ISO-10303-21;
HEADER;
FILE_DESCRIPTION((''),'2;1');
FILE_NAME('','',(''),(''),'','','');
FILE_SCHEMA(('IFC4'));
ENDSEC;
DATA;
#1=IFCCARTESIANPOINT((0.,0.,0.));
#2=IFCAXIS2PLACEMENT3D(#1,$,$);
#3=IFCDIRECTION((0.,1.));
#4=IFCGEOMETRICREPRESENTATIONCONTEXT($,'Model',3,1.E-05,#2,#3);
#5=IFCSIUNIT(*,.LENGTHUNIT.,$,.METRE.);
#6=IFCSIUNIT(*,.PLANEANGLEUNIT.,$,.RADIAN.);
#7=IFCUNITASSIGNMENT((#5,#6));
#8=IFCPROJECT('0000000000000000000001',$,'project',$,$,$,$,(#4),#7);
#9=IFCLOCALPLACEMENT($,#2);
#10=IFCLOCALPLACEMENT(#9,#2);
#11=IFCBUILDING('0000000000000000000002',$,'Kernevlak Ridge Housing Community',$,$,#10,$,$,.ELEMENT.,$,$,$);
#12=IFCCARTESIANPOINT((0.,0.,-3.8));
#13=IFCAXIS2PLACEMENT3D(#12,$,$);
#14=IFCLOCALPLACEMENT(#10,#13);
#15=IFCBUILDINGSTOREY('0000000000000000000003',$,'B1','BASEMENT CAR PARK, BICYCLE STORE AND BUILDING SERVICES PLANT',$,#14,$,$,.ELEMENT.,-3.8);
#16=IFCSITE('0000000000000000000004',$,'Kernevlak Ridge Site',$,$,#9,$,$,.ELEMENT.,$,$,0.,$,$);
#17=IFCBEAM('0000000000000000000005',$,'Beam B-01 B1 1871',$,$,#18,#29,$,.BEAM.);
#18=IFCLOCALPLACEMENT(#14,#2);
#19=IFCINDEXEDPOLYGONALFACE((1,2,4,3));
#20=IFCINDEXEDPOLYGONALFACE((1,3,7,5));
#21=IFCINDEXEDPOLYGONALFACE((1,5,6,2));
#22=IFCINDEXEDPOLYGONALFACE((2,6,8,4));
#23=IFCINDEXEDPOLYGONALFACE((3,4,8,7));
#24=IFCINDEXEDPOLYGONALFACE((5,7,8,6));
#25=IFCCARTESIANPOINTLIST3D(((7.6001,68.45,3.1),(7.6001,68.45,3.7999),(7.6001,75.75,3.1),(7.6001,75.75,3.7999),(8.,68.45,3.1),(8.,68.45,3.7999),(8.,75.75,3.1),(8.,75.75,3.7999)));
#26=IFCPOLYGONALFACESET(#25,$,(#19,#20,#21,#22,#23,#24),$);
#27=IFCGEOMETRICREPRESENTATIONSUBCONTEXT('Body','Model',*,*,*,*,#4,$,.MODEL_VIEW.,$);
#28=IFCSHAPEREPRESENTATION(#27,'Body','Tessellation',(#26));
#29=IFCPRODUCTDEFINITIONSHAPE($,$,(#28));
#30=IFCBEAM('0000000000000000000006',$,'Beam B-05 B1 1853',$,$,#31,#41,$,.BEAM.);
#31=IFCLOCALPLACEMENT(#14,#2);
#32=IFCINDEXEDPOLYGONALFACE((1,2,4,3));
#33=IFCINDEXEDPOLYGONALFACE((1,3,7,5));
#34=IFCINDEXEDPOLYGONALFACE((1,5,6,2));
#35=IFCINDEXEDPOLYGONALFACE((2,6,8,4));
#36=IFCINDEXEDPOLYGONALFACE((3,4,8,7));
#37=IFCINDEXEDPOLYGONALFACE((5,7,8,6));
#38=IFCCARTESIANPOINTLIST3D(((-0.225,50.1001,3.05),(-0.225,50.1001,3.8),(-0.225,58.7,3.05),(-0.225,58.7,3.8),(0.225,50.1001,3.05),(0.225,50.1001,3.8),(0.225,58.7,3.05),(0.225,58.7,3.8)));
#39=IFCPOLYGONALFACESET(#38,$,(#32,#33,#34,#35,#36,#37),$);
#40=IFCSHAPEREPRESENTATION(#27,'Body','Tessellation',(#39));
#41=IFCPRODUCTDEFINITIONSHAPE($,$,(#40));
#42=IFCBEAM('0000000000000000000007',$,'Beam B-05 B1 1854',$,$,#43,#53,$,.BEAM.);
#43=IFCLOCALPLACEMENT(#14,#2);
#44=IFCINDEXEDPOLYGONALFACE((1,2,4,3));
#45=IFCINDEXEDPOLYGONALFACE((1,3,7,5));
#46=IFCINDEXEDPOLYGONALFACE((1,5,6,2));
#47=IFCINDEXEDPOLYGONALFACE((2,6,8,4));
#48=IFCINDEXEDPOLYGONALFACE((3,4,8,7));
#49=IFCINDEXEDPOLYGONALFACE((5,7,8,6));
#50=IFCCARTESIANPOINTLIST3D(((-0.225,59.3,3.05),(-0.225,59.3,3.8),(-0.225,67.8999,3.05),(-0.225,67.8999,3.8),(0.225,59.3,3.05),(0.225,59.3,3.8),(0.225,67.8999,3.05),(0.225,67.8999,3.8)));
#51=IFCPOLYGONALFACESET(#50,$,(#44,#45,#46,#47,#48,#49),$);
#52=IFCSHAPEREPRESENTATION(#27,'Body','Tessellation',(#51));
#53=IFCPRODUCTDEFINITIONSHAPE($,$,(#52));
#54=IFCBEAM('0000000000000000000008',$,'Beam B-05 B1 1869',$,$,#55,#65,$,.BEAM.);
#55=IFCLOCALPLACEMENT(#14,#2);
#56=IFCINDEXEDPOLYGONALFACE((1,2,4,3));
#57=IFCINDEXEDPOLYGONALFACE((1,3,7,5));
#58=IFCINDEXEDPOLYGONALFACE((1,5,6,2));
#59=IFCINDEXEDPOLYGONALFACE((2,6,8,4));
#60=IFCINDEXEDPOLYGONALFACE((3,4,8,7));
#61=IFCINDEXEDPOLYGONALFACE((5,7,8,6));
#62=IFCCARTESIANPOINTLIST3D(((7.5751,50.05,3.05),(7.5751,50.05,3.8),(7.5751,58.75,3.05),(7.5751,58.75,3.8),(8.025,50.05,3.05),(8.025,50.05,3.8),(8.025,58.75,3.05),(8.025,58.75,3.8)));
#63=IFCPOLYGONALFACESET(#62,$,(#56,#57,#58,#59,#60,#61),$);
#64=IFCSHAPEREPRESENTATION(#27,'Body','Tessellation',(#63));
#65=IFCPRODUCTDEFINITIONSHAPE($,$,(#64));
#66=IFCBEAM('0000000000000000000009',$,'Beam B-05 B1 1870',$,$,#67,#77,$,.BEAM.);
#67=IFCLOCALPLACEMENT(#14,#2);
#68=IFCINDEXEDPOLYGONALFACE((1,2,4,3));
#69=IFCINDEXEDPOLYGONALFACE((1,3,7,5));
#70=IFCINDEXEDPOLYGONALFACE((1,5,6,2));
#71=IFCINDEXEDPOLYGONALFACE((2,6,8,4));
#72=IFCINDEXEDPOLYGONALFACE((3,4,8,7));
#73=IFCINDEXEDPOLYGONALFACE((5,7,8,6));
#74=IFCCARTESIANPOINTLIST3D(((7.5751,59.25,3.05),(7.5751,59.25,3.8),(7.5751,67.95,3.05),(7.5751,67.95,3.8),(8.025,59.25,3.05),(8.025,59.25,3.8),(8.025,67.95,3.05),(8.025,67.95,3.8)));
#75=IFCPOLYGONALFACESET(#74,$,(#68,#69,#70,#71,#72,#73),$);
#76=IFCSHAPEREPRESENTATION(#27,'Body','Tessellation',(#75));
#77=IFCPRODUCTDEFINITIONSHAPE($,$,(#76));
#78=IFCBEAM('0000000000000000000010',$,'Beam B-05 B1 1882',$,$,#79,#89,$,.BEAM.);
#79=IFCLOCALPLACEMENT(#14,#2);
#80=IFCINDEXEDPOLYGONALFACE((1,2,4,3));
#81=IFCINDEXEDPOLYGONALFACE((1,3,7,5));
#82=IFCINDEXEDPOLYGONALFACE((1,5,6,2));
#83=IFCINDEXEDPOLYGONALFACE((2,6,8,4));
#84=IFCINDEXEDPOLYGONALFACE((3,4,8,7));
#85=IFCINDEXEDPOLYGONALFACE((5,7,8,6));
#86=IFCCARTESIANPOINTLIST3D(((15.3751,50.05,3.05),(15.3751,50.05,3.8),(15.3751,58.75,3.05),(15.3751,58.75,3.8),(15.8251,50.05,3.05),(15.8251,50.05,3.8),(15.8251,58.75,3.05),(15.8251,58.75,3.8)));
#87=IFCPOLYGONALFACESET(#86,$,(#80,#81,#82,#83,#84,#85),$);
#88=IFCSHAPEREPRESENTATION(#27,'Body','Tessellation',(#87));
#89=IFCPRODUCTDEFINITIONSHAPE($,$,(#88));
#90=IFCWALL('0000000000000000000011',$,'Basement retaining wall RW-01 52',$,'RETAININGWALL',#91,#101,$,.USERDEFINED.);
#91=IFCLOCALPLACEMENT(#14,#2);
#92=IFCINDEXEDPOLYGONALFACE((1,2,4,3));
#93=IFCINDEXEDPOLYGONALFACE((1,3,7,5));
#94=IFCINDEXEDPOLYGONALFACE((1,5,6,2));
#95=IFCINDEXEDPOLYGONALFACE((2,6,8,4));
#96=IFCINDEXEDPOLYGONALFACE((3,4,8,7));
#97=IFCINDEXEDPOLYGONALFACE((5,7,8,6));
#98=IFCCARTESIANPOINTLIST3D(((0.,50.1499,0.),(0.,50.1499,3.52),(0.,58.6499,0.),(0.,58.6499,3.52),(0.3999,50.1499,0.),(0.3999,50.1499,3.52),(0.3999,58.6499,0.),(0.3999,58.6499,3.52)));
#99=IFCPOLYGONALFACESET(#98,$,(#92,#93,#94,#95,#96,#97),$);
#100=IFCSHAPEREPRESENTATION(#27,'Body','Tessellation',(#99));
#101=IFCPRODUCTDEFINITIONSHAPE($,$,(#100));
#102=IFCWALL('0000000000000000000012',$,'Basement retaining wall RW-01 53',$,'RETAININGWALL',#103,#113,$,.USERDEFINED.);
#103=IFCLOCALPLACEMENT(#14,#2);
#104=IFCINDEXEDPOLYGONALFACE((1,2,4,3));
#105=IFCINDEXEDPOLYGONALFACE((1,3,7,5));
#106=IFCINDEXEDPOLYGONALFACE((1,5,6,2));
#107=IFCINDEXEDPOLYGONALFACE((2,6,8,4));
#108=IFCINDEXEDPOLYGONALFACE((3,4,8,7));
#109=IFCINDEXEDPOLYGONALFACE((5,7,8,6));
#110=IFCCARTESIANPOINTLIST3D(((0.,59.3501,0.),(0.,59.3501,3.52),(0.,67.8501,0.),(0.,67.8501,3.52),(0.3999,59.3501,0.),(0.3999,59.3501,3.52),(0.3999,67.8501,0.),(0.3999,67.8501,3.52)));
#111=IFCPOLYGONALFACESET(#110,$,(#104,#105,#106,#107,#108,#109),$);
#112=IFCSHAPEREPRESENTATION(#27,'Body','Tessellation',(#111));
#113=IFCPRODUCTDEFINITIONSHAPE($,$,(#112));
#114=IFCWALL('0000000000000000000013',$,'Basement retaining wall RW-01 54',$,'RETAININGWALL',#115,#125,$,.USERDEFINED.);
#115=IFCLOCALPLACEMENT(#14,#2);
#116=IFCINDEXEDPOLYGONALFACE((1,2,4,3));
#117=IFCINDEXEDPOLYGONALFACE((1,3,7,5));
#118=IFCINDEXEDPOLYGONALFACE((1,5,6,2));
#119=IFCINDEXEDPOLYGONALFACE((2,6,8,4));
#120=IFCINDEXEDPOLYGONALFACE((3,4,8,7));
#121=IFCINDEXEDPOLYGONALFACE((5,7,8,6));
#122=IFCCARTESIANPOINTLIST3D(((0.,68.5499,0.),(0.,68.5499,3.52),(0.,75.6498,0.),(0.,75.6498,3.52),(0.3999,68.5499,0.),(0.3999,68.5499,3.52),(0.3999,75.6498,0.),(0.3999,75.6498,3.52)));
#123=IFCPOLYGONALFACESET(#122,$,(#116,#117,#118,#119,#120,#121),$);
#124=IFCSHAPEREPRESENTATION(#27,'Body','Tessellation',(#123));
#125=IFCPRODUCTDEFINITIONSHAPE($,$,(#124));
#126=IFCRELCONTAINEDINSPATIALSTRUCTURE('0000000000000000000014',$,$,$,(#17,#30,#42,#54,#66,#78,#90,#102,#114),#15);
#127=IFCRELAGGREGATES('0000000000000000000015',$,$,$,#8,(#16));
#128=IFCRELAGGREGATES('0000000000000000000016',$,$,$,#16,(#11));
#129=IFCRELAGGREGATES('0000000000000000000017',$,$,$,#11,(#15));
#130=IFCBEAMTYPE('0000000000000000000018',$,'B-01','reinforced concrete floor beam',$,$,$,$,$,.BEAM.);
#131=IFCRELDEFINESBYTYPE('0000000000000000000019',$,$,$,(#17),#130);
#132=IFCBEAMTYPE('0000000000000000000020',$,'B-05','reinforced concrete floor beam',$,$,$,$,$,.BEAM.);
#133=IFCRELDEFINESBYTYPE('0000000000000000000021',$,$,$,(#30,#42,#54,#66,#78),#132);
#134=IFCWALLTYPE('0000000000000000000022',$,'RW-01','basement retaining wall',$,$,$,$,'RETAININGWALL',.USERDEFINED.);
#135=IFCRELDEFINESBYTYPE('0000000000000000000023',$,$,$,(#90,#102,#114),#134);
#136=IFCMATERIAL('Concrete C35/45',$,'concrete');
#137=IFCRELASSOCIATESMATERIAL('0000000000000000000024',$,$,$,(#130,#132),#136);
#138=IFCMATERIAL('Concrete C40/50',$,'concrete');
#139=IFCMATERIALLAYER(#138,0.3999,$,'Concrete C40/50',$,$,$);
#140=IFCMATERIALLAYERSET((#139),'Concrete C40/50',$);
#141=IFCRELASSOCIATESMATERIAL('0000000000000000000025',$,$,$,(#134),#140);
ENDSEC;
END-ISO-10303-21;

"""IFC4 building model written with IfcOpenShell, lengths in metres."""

from ifc_helpers import new_model, si_unit, direction, frame, frame_2d, origin, origin_2d, place, context, subcontext, project, spatial, rectangle, extrude, material, layer, layer_set, material_profile, profile_set, type_object, element, save


model = new_model("IFC4")

# Units and contexts
model_context = context("Model", 3, precision=1e-05, world=origin(), true_north=direction((0.0, 1.0)))
body_context = subcontext(model_context, "Body", "Model", "MODEL_VIEW")
ifc_project = project(units=[si_unit("LENGTHUNIT", "METRE"), si_unit("PLANEANGLEUNIT", "RADIAN")], contexts=[model_context])

# Site, building, storey
site_placement = place(None, origin())
site = spatial("IfcSite", under=ifc_project, at=site_placement, Name="Kernevlak Ridge Site", CompositionType="ELEMENT", RefElevation=0.0)
building_placement = place(site_placement, origin())
building = spatial("IfcBuilding", under=site, at=building_placement, Name="Kernevlak Ridge Housing Community", CompositionType="ELEMENT")
storey_placement = place(building_placement, frame((0.0, 0.0, -3.8)))
storey = spatial("IfcBuildingStorey", under=building, at=storey_placement, Name="B1", Description="BASEMENT CAR PARK, BICYCLE STORE AND BUILDING SERVICES PLANT", CompositionType="ELEMENT", Elevation=-3.8)

# Shared definitions
ifc_material_1 = material(Name="Concrete C35/45", Category="concrete")

# Shared definitions
ifc_material_2 = material(Name="Concrete C40/50", Category="concrete")

# Beams
ifc_material_profile_1 = material_profile(ifc_material_1, rectangle(XDim=0.3999, YDim=0.7, at=origin_2d()), Name="RC 400x700")
ifc_profile_set_1 = profile_set([ifc_material_profile_1], Name="Concrete C35/45")
beam_type_1 = type_object("IfcBeamType", Name="B-01", Description="reinforced concrete floor beam", PredefinedType="BEAM", material=ifc_profile_set_1)
beam_1_placement = place(storey_placement, frame((7.8, 68.45, 3.45), z_axis=(0.0, 1.0, 0.0), x_axis=(-1.0, 0.0, 0.0)))
element("IfcBeam", 1, at=beam_1_placement, inside=storey, type_object=beam_type_1, Name="Beam B-01 B1 1871", PredefinedType="BEAM", context=body_context, shape_type="SweptSolid", body=[
    extrude(rectangle(XDim=0.3999, YDim=0.7, at=origin_2d()), origin(), (0.0, 0.0, 1.0), 7.3),
])
ifc_material_profile_2 = material_profile(ifc_material_1, rectangle(XDim=0.45, YDim=0.75, at=origin_2d()), Name="RC 450x750")
ifc_profile_set_2 = profile_set([ifc_material_profile_2], Name="Concrete C35/45")
beam_type_2 = type_object("IfcBeamType", Name="B-05", Description="reinforced concrete floor beam", PredefinedType="BEAM", material=ifc_profile_set_2)
for number, where, z_axis, x_axis, name in (
    (2, (0.0, 50.1001, 3.425), (0.0, 1.0, 0.0), (-1.0, 0.0, 0.0), "Beam B-05 B1 1853"),
    (3, (0.0, 59.3, 3.425), (0.0, 1.0, 0.0), (-1.0, 0.0, 0.0), "Beam B-05 B1 1854"),
):
    element("IfcBeam", number, at=place(storey_placement, frame(where, z_axis=z_axis, x_axis=x_axis)), inside=storey, type_object=beam_type_2, Name=name, PredefinedType="BEAM", context=body_context, shape_type="SweptSolid", body=[
        extrude(rectangle(XDim=0.45, YDim=0.75, at=origin_2d()), origin(), (0.0, 0.0, 1.0), 8.5999),
    ])
for number, where, z_axis, x_axis, name in (
    (4, (7.8, 50.05, 3.425), (0.0, 1.0, 0.0), (-1.0, 0.0, 0.0), "Beam B-05 B1 1869"),
    (5, (7.8, 59.25, 3.425), (0.0, 1.0, 0.0), (-1.0, 0.0, 0.0), "Beam B-05 B1 1870"),
    (6, (15.6001, 50.05, 3.425), (0.0, 1.0, 0.0), (-1.0, 0.0, 0.0), "Beam B-05 B1 1882"),
):
    element("IfcBeam", number, at=place(storey_placement, frame(where, z_axis=z_axis, x_axis=x_axis)), inside=storey, type_object=beam_type_2, Name=name, PredefinedType="BEAM", context=body_context, shape_type="SweptSolid", body=[
        extrude(rectangle(XDim=0.45, YDim=0.75, at=origin_2d()), origin(), (0.0, 0.0, 1.0), 8.7),
    ])

# Walls
ifc_layer = layer(ifc_material_2, 0.3999, Name="Concrete C40/50")
ifc_layer_set = layer_set([ifc_layer], Name="Concrete C40/50")
wall_type = type_object("IfcWallType", Name="RW-01", Description="basement retaining wall", ElementType="RETAININGWALL", PredefinedType="USERDEFINED", material=ifc_layer_set)
for number, where, z_axis, x_axis, name in (
    (7, (0.2, 50.1499, 0.0), (0.0, 0.0, 1.0), (0.0, 1.0, 0.0), "Basement retaining wall RW-01 52"),
    (8, (0.2, 59.3501, 0.0), (0.0, 0.0, 1.0), (0.0, 1.0, 0.0), "Basement retaining wall RW-01 53"),
):
    element("IfcWall", number, at=place(storey_placement, frame(where, z_axis=z_axis, x_axis=x_axis)), inside=storey, type_object=wall_type, Name=name, ObjectType="RETAININGWALL", PredefinedType="USERDEFINED", context=body_context, shape_type="SweptSolid", body=[
        extrude(rectangle(XDim=8.5, YDim=0.3999, at=frame_2d((4.25, 0.0))), origin(), (0.0, 0.0, 1.0), 3.52),
    ])
wall_placement = place(storey_placement, frame((0.2, 68.55, 0.0), z_axis=(0.0, 0.0, 1.0), x_axis=(0.0, 1.0, 0.0)))
element("IfcWall", 9, at=wall_placement, inside=storey, type_object=wall_type, Name="Basement retaining wall RW-01 54", ObjectType="RETAININGWALL", PredefinedType="USERDEFINED", context=body_context, shape_type="SweptSolid", body=[
    extrude(rectangle(XDim=7.0999, YDim=0.3999, at=frame_2d((3.5498, 0.0))), origin(), (0.0, 0.0, 1.0), 3.52),
])

save(model, "model.ifc")
